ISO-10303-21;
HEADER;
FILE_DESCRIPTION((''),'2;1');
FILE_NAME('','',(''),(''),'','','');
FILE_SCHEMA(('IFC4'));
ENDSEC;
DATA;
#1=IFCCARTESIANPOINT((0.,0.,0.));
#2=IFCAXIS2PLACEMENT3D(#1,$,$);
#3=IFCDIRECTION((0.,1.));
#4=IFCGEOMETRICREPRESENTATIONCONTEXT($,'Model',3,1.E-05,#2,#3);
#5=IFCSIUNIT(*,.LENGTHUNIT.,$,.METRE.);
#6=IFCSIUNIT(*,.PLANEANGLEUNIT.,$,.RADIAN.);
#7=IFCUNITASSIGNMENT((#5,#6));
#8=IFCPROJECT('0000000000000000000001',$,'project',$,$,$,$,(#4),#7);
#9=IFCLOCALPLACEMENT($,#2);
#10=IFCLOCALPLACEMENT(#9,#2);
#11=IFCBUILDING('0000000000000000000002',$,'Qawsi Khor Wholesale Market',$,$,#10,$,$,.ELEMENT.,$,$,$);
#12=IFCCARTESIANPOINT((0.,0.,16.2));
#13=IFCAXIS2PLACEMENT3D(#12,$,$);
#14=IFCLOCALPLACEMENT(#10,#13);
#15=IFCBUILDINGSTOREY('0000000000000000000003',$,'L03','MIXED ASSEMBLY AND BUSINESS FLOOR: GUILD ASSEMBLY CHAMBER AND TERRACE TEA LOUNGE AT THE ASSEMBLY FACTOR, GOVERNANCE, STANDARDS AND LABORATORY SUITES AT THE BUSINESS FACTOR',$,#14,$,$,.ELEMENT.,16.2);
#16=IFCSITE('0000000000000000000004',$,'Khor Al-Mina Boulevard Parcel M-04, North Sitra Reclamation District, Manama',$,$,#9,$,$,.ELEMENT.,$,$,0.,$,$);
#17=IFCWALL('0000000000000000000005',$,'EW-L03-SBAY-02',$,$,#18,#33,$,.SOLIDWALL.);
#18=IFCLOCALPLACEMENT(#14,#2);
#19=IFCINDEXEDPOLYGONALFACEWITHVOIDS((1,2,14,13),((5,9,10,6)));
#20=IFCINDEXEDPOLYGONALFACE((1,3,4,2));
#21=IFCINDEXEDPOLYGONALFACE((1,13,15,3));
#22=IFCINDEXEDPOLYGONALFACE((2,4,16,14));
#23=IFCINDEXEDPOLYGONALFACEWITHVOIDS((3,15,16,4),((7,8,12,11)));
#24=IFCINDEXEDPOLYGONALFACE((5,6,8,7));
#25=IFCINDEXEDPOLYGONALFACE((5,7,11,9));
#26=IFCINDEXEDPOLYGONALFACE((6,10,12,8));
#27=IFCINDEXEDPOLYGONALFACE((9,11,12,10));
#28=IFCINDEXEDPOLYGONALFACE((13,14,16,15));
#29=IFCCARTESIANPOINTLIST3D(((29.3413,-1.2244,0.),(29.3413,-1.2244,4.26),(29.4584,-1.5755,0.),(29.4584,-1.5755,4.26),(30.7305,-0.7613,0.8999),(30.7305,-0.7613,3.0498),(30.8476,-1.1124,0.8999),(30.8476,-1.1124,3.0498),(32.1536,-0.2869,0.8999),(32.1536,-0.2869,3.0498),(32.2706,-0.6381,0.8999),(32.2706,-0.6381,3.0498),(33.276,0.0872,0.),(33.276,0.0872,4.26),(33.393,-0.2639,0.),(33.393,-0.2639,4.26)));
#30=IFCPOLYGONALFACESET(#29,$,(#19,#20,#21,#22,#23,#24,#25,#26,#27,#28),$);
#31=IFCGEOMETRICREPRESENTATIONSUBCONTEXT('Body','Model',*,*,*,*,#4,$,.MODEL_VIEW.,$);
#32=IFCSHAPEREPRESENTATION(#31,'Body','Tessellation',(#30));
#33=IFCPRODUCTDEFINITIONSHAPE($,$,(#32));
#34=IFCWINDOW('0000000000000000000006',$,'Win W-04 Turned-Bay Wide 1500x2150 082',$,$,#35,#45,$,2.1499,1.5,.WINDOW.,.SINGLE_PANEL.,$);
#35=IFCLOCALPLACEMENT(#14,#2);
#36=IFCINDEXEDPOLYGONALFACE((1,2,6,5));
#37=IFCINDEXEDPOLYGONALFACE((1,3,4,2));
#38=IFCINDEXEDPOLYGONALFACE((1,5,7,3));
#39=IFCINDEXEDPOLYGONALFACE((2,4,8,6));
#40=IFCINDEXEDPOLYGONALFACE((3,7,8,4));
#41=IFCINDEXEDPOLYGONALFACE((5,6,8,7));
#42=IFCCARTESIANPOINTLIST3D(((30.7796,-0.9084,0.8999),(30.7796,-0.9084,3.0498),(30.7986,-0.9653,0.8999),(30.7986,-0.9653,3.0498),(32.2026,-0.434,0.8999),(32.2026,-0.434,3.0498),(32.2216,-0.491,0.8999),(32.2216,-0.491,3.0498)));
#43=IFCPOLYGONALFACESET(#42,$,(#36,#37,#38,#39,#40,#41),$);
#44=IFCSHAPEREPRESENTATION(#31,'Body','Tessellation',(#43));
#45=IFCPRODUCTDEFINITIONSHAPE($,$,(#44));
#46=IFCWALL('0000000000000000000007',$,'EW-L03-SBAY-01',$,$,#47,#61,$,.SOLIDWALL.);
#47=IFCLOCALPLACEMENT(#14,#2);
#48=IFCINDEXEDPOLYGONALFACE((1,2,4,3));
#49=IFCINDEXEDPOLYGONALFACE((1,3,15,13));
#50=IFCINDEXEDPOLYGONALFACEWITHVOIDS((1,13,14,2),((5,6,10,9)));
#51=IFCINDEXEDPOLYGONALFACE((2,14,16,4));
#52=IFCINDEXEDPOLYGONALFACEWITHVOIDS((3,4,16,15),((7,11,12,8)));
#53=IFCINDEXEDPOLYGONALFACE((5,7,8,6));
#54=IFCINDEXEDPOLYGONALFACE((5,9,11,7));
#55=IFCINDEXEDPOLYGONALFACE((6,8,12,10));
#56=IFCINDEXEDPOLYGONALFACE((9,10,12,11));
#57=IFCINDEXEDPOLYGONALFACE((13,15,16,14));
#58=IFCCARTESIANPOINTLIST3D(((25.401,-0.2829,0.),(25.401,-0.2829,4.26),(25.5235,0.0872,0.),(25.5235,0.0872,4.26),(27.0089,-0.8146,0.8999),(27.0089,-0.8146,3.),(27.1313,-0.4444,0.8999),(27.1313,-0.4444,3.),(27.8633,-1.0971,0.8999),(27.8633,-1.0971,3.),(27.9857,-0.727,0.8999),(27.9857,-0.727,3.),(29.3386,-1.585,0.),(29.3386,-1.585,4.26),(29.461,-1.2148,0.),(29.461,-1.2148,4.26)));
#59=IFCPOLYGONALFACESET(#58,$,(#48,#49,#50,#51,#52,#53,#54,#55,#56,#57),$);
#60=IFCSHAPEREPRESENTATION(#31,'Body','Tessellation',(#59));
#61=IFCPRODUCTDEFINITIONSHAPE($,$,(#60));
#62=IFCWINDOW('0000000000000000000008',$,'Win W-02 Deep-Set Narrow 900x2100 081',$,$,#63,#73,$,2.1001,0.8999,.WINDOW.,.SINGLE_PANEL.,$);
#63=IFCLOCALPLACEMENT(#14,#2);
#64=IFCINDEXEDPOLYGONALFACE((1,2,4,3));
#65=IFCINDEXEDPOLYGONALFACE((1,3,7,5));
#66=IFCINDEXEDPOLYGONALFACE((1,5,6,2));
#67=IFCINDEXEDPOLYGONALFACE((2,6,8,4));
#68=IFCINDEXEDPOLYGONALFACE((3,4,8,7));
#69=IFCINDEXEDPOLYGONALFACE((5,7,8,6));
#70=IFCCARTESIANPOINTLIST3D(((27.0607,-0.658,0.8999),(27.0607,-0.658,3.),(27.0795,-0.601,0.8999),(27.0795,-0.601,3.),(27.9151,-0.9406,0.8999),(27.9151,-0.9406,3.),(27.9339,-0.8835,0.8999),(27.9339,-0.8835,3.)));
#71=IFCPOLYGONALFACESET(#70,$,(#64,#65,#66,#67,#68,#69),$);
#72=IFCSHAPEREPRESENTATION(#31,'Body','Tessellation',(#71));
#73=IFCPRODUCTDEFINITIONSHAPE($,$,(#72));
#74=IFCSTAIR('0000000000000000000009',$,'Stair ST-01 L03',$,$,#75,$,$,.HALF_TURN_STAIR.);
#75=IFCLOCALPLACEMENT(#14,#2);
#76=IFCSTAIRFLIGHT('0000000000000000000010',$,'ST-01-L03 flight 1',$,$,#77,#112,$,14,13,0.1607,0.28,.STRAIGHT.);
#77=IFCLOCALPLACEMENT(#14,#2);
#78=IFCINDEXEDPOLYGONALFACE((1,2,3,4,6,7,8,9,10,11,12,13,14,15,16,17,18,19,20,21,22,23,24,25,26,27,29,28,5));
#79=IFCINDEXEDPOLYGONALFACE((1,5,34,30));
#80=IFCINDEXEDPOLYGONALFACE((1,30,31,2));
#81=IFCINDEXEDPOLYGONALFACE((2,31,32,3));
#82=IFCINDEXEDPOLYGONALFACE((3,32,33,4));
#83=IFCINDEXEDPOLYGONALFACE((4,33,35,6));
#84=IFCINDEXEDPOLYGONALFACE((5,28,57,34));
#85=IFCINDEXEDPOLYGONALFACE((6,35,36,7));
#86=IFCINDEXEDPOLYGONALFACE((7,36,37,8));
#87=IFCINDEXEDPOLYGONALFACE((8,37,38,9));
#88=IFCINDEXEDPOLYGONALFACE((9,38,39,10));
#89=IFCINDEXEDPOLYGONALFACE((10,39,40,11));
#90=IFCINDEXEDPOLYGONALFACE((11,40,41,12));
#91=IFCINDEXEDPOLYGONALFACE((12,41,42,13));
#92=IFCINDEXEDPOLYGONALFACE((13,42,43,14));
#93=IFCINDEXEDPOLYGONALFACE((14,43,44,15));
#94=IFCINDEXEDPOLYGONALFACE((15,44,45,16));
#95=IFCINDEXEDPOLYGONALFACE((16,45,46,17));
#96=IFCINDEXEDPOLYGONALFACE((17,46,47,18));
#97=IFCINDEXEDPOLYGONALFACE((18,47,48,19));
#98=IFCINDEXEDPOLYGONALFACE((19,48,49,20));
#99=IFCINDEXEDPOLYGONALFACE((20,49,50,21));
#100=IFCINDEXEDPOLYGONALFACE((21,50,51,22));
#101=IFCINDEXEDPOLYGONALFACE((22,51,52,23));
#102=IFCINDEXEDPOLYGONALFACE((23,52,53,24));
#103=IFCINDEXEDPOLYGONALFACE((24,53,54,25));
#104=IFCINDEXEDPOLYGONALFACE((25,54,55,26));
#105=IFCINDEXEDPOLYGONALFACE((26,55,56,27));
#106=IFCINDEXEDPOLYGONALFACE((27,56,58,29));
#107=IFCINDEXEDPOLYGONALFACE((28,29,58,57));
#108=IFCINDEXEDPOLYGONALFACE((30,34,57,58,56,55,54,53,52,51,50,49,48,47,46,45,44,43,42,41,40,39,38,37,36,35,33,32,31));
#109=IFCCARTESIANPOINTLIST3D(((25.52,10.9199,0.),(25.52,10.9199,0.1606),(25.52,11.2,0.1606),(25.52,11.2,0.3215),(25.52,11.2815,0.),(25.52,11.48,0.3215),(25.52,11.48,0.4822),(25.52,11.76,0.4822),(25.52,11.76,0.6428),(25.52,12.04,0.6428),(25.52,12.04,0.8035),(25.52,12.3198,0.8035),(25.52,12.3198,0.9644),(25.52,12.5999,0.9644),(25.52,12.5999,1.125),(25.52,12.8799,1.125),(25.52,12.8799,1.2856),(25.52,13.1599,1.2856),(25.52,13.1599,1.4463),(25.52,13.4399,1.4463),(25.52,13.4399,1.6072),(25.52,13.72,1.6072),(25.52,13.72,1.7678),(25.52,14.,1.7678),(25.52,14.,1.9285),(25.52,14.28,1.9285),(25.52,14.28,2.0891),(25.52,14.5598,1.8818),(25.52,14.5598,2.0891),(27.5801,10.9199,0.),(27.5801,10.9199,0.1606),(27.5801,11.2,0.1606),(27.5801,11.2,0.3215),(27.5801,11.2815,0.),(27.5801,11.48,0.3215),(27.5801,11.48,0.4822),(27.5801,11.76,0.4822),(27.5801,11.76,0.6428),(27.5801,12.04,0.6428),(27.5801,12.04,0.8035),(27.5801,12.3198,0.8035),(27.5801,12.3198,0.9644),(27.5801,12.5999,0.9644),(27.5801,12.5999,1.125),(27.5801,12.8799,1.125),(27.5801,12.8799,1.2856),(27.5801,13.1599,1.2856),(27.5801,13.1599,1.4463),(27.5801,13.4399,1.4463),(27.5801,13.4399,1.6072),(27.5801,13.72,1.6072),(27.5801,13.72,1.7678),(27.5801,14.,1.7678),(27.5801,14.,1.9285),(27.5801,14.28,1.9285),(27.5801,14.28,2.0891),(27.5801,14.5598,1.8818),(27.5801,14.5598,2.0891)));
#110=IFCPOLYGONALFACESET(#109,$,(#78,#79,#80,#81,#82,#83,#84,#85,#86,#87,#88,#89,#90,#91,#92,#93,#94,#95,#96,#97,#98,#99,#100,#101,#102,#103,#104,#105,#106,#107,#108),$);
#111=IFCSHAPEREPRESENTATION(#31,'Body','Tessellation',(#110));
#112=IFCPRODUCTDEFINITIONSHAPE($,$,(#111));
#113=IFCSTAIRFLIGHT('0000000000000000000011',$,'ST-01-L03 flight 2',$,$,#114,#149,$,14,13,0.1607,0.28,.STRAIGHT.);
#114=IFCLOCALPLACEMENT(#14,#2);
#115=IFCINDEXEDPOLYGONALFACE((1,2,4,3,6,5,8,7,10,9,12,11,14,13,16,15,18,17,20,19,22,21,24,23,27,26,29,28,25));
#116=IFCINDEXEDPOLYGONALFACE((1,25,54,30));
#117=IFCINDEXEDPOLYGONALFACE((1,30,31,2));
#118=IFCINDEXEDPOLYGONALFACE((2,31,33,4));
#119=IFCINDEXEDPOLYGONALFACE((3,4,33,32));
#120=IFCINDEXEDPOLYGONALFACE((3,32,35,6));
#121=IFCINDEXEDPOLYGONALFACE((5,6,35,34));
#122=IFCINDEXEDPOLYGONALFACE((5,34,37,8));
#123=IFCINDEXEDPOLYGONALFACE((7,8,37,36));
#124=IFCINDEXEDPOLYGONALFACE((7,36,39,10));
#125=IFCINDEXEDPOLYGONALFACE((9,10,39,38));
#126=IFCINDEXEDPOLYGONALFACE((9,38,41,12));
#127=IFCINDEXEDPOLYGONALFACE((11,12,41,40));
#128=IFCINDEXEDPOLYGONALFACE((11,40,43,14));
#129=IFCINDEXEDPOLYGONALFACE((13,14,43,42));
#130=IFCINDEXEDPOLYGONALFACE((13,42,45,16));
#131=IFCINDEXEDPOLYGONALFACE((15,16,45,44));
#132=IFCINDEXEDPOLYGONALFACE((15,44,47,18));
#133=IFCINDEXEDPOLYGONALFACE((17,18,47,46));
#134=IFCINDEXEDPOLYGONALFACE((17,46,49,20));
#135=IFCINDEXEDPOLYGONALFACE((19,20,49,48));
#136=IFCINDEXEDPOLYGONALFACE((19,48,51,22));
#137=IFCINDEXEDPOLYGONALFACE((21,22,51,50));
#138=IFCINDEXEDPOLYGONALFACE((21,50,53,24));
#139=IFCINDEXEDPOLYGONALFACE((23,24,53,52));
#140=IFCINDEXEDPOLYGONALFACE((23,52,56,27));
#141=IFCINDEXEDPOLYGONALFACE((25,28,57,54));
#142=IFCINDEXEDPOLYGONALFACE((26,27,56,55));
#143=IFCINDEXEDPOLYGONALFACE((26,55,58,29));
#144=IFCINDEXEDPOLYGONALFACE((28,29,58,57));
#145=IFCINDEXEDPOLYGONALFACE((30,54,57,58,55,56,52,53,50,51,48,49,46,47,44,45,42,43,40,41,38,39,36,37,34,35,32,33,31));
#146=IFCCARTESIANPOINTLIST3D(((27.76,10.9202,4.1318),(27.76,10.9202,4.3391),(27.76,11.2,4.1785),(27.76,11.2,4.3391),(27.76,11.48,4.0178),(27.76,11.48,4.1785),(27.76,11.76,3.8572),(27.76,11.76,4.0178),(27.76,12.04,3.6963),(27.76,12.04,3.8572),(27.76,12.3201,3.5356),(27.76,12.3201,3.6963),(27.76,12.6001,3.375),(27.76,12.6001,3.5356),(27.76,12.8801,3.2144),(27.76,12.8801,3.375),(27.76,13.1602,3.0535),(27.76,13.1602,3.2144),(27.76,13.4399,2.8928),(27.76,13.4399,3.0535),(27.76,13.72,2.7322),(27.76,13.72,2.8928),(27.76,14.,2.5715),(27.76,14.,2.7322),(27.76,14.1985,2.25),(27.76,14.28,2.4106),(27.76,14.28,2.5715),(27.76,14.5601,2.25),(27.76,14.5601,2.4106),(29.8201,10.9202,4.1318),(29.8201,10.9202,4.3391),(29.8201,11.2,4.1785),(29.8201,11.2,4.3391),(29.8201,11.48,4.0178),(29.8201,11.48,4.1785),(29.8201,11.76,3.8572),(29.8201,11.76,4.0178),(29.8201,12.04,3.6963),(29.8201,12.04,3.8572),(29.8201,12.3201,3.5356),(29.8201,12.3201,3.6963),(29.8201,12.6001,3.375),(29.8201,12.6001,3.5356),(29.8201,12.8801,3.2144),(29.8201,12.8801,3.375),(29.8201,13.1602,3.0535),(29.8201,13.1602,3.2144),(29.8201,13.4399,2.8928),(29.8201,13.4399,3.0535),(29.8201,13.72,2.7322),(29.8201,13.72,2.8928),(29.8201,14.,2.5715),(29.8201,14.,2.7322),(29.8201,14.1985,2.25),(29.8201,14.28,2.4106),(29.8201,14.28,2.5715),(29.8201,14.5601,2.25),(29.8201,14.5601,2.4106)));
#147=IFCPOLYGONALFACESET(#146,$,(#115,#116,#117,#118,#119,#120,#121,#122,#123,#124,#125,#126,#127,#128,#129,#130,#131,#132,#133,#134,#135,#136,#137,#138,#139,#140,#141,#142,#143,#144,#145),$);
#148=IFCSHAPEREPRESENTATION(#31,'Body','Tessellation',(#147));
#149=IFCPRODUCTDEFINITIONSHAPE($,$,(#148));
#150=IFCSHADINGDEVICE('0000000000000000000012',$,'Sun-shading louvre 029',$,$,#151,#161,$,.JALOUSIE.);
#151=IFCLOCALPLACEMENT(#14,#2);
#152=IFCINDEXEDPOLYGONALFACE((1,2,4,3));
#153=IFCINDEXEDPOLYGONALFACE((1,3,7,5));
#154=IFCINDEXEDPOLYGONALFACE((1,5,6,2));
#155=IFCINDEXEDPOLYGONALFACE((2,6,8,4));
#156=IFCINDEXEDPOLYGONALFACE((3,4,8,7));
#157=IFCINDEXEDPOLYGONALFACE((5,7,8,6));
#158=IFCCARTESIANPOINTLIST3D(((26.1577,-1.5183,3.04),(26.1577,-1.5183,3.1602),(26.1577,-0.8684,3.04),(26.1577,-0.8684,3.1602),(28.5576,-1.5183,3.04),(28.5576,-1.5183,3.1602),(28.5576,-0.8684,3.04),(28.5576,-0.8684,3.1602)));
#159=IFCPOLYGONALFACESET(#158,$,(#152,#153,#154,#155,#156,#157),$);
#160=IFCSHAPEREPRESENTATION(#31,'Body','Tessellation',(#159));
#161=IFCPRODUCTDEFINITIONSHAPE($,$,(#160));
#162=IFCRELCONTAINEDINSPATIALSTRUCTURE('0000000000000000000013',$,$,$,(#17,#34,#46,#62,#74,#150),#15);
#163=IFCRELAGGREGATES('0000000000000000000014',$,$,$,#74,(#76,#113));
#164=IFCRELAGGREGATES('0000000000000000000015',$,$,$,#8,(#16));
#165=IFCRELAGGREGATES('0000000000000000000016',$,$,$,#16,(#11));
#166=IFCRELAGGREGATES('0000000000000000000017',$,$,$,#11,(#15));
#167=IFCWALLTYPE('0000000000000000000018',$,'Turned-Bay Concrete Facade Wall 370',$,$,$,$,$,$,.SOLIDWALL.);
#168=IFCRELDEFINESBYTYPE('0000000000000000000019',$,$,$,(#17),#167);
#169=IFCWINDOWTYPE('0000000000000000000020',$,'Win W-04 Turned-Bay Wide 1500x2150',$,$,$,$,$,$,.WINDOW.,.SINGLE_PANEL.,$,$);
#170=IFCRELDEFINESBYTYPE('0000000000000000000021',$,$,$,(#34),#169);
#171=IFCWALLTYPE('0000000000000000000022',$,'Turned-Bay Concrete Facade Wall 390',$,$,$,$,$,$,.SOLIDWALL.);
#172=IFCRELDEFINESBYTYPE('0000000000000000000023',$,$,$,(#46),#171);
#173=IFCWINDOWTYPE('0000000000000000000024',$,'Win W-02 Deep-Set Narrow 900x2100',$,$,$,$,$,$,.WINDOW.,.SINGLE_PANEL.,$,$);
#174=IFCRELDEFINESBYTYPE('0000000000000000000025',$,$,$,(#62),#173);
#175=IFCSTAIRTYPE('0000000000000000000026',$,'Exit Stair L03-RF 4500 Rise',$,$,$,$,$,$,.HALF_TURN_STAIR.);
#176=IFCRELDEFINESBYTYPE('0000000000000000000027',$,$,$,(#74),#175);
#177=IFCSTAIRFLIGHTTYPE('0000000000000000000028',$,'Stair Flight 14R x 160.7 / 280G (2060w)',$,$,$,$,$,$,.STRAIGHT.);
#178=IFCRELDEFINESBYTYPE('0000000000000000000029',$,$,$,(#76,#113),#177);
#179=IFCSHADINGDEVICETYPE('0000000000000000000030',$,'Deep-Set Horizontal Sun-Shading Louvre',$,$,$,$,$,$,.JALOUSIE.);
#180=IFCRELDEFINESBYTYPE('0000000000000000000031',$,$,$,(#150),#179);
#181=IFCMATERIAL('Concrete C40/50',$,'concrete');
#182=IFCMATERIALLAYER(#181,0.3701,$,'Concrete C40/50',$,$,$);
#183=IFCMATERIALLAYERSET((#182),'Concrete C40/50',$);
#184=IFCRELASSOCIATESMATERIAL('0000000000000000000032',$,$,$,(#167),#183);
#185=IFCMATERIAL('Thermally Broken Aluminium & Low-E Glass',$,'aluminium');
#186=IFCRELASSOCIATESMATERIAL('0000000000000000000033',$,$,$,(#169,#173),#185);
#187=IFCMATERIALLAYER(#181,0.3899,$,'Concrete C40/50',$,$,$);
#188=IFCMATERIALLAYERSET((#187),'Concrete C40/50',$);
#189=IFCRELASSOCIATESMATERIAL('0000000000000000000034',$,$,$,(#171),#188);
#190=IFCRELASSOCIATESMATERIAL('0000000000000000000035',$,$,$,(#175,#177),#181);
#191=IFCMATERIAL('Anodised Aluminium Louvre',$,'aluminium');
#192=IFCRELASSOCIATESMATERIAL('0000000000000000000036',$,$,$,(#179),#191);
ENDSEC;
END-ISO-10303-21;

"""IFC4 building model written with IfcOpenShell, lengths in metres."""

from ifc_helpers import new_model, si_unit, direction, frame, frame_2d, origin, origin_2d, place, context, subcontext, project, spatial, polyline, rectangle, outline, extrude, material, layer, layer_set, type_object, element, fill, aggregate, save


model = new_model("IFC4")

# Units and contexts
model_context = context("Model", 3, precision=1e-05, world=origin(), true_north=direction((0.0, 1.0)))
body_context = subcontext(model_context, "Body", "Model", "MODEL_VIEW")
ifc_project = project(units=[si_unit("LENGTHUNIT", "METRE"), si_unit("PLANEANGLEUNIT", "RADIAN")], contexts=[model_context])

# Site, building, storey
site_placement = place(None, origin())
site = spatial("IfcSite", under=ifc_project, at=site_placement, Name="Khor Al-Mina Boulevard Parcel M-04, North Sitra Reclamation District, Manama", CompositionType="ELEMENT", RefElevation=0.0)
building_placement = place(site_placement, origin())
building = spatial("IfcBuilding", under=site, at=building_placement, Name="Qawsi Khor Wholesale Market", CompositionType="ELEMENT")
storey_placement = place(building_placement, frame((0.0, 0.0, 16.2)))
storey = spatial("IfcBuildingStorey", under=building, at=storey_placement, Name="L03", Description="MIXED ASSEMBLY AND BUSINESS FLOOR: GUILD ASSEMBLY CHAMBER AND TERRACE TEA LOUNGE AT THE ASSEMBLY FACTOR, GOVERNANCE, STANDARDS AND LABORATORY SUITES AT THE BUSINESS FACTOR", CompositionType="ELEMENT", Elevation=16.2)

# Shared definitions
ifc_material_1 = material(Name="Concrete C40/50", Category="concrete")

# Walls, openings, windows
ifc_layer_1 = layer(ifc_material_1, 0.3701, Name="Concrete C40/50")
ifc_layer_set_1 = layer_set([ifc_layer_1], Name="Concrete C40/50")
wall_type_1 = type_object("IfcWallType", Name="Turned-Bay Concrete Facade Wall 370", PredefinedType="SOLIDWALL", material=ifc_layer_set_1)
wall_1_placement = place(storey_placement, frame((33.3345, -0.0884, 0.0), z_axis=(0.0, 0.0, 1.0), x_axis=(-0.948683, -0.316228, 0.0)))
wall_1 = element("IfcWall", 1, at=wall_1_placement, inside=storey, type_object=wall_type_1, Name="EW-L03-SBAY-02", PredefinedType="SOLIDWALL", context=body_context, shape_type="SweptSolid", body=[
    extrude(rectangle(XDim=4.1475, YDim=0.3701, at=frame_2d((2.0737, 0.0))), origin(), (0.0, 0.0, 1.0), 4.26),
])
opening_1_placement = place(wall_1_placement, frame((1.1831, 0.0, 0.8999)))
opening_1 = element("IfcOpeningElement", 2, at=opening_1_placement, cuts=wall_1, PredefinedType="OPENING", context=body_context, shape_type="SweptSolid", body=[
    extrude(rectangle(XDim=1.5, YDim=2.1499, at=frame_2d((0.75, 1.075))), frame((0.0, 0.1951, 0.0), z_axis=(0.0, -1.0, 0.0), x_axis=(1.0, 0.0, 0.0)), (0.0, 0.0, 1.0), 0.3901),
])
ifc_material_2 = material(Name="Thermally Broken Aluminium & Low-E Glass", Category="aluminium")
window_type_1 = type_object("IfcWindowType", Name="Win W-04 Turned-Bay Wide 1500x2150", PartitioningType="SINGLE_PANEL", PredefinedType="WINDOW", material=ifc_material_2)
window_1_placement = place(opening_1_placement, origin())
window_1 = element("IfcWindow", 3, at=window_1_placement, inside=storey, type_object=window_type_1, Name="Win W-04 Turned-Bay Wide 1500x2150 082", OverallHeight=2.1499, OverallWidth=1.5, PartitioningType="SINGLE_PANEL", PredefinedType="WINDOW", context=body_context, shape_type="SweptSolid", body=[
    extrude(rectangle(XDim=1.5, YDim=2.1499, at=frame_2d((0.75, 1.075))), frame((0.0, 0.03, 0.0), z_axis=(0.0, -1.0, 0.0), x_axis=(1.0, 0.0, 0.0)), (0.0, 0.0, 1.0), 0.0601),
])
fill(opening_1, window_1)
ifc_layer_2 = layer(ifc_material_1, 0.3899, Name="Concrete C40/50")
ifc_layer_set_2 = layer_set([ifc_layer_2], Name="Concrete C40/50")
wall_type_2 = type_object("IfcWallType", Name="Turned-Bay Concrete Facade Wall 390", PredefinedType="SOLIDWALL", material=ifc_layer_set_2)
wall_2_placement = place(storey_placement, frame((29.3999, -1.3999, 0.0), z_axis=(0.0, 0.0, 1.0), x_axis=(-0.94944, 0.313949, 0.0)))
wall_2 = element("IfcWall", 4, at=wall_2_placement, inside=storey, type_object=wall_type_2, Name="EW-L03-SBAY-01", PredefinedType="SOLIDWALL", context=body_context, shape_type="SweptSolid", body=[
    extrude(rectangle(XDim=4.1472, YDim=0.3899, at=frame_2d((2.0737, 0.0))), origin(), (0.0, 0.0, 1.0), 4.26),
])
opening_2_placement = place(wall_2_placement, frame((1.554, 0.0, 0.8999)))
opening_2 = element("IfcOpeningElement", 5, at=opening_2_placement, cuts=wall_2, PredefinedType="OPENING", context=body_context, shape_type="SweptSolid", body=[
    extrude(rectangle(XDim=0.8999, YDim=2.1001, at=frame_2d((0.45, 1.05))), frame((0.0, 0.2048, 0.0), z_axis=(0.0, -1.0, 0.0), x_axis=(1.0, 0.0, 0.0)), (0.0, 0.0, 1.0), 0.4099),
])
window_type_2 = type_object("IfcWindowType", Name="Win W-02 Deep-Set Narrow 900x2100", PartitioningType="SINGLE_PANEL", PredefinedType="WINDOW", material=ifc_material_2)
window_2_placement = place(opening_2_placement, origin())
window_2 = element("IfcWindow", 6, at=window_2_placement, inside=storey, type_object=window_type_2, Name="Win W-02 Deep-Set Narrow 900x2100 081", OverallHeight=2.1001, OverallWidth=0.8999, PartitioningType="SINGLE_PANEL", PredefinedType="WINDOW", context=body_context, shape_type="SweptSolid", body=[
    extrude(rectangle(XDim=0.8999, YDim=2.1001, at=frame_2d((0.45, 1.05))), frame((0.0, 0.03, 0.0), z_axis=(0.0, -1.0, 0.0), x_axis=(1.0, 0.0, 0.0)), (0.0, 0.0, 1.0), 0.0601),
])
fill(opening_2, window_2)

# Stair, stair flights
stair_type = type_object("IfcStairType", Name="Exit Stair L03-RF 4500 Rise", PredefinedType="HALF_TURN_STAIR", material=ifc_material_1)
stair_placement = place(storey_placement, origin())
stair = element("IfcStair", 7, at=stair_placement, inside=storey, type_object=stair_type, Name="Stair ST-01 L03", PredefinedType="HALF_TURN_STAIR")
stair_flight_type = type_object("IfcStairFlightType", Name="Stair Flight 14R x 160.7 / 280G (2060w)", PredefinedType="STRAIGHT", material=ifc_material_1)
stair_flight_1_placement = place(storey_placement, frame((26.55, 10.9199, 0.0), z_axis=(0.0, 0.0, 1.0), x_axis=(0.0, 1.0, 0.0)))
stair_flight_1 = element("IfcStairFlight", 8, at=stair_flight_1_placement, type_object=stair_flight_type, Name="ST-01-L03 flight 1", NumberOfRisers=14, NumberOfTreads=13, PredefinedType="STRAIGHT", RiserHeight=0.1607, TreadLength=0.28, context=body_context, shape_type="SweptSolid", body=[
    extrude(outline(polyline([(0.0, 0.0), (0.0, 0.1606), (0.28, 0.1606), (0.28, 0.3215), (0.5601, 0.3215), (0.5601, 0.4822), (0.8401, 0.4822), (0.8401, 0.6428), (1.1201, 0.6428), (1.1201, 0.8035), (1.3999, 0.8035), (1.3999, 0.9644), (1.6799, 0.9644), (1.6799, 1.125), (1.96, 1.125), (1.96, 1.2856), (2.24, 1.2856), (2.24, 1.4463), (2.52, 1.4463), (2.52, 1.6072), (2.8, 1.6072), (2.8, 1.7678), (3.0801, 1.7678), (3.0801, 1.9285), (3.3601, 1.9285), (3.3601, 2.0891), (3.6399, 2.0891), (3.6399, 2.25), (3.6399, 1.8818), (0.3616, 0.0), (0.0, 0.0)])), frame((0.0, 1.03, 0.0), z_axis=(0.0, -1.0, 0.0), x_axis=(1.0, 0.0, 0.0)), (0.0, 0.0, 1.0), 2.0601),
])
stair_flight_2_placement = place(storey_placement, frame((28.79, 14.5601, 2.25), z_axis=(0.0, 0.0, 1.0), x_axis=(0.0, -1.0, 0.0)))
stair_flight_2 = element("IfcStairFlight", 9, at=stair_flight_2_placement, type_object=stair_flight_type, Name="ST-01-L03 flight 2", NumberOfRisers=14, NumberOfTreads=13, PredefinedType="STRAIGHT", RiserHeight=0.1607, TreadLength=0.28, context=body_context, shape_type="SweptSolid", body=[
    extrude(outline(polyline([(0.0, 0.0), (0.0, 0.1606), (0.28, 0.1606), (0.28, 0.3215), (0.5601, 0.3215), (0.5601, 0.4822), (0.8401, 0.4822), (0.8401, 0.6428), (1.1201, 0.6428), (1.1201, 0.8035), (1.3999, 0.8035), (1.3999, 0.9644), (1.6799, 0.9644), (1.6799, 1.125), (1.96, 1.125), (1.96, 1.2856), (2.24, 1.2856), (2.24, 1.4463), (2.52, 1.4463), (2.52, 1.6072), (2.8, 1.6072), (2.8, 1.7678), (3.0801, 1.7678), (3.0801, 1.9285), (3.3601, 1.9285), (3.3601, 2.0891), (3.6399, 2.0891), (3.6399, 2.25), (3.6399, 1.8818), (0.3616, 0.0), (0.0, 0.0)])), frame((0.0, 1.03, 0.0), z_axis=(0.0, -1.0, 0.0), x_axis=(1.0, 0.0, 0.0)), (0.0, 0.0, 1.0), 2.0601),
])
aggregate(stair, [stair_flight_1, stair_flight_2])

# Shading device
ifc_material_3 = material(Name="Anodised Aluminium Louvre", Category="aluminium")
shading_device_type = type_object("IfcShadingDeviceType", Name="Deep-Set Horizontal Sun-Shading Louvre", PredefinedType="JALOUSIE", material=ifc_material_3)
shading_device_placement = place(storey_placement, frame((27.3577, -1.1934, 3.04), z_axis=(0.0, 0.0, 1.0), x_axis=(1.0, 0.0, 0.0)))
element("IfcShadingDevice", 10, at=shading_device_placement, inside=storey, type_object=shading_device_type, Name="Sun-shading louvre 029", PredefinedType="JALOUSIE", context=body_context, shape_type="SweptSolid", body=[
    extrude(rectangle(XDim=2.3999, YDim=0.6499, at=origin_2d()), origin(), (0.0, 0.0, 1.0), 0.1201),
])

save(model, "model.ifc")
